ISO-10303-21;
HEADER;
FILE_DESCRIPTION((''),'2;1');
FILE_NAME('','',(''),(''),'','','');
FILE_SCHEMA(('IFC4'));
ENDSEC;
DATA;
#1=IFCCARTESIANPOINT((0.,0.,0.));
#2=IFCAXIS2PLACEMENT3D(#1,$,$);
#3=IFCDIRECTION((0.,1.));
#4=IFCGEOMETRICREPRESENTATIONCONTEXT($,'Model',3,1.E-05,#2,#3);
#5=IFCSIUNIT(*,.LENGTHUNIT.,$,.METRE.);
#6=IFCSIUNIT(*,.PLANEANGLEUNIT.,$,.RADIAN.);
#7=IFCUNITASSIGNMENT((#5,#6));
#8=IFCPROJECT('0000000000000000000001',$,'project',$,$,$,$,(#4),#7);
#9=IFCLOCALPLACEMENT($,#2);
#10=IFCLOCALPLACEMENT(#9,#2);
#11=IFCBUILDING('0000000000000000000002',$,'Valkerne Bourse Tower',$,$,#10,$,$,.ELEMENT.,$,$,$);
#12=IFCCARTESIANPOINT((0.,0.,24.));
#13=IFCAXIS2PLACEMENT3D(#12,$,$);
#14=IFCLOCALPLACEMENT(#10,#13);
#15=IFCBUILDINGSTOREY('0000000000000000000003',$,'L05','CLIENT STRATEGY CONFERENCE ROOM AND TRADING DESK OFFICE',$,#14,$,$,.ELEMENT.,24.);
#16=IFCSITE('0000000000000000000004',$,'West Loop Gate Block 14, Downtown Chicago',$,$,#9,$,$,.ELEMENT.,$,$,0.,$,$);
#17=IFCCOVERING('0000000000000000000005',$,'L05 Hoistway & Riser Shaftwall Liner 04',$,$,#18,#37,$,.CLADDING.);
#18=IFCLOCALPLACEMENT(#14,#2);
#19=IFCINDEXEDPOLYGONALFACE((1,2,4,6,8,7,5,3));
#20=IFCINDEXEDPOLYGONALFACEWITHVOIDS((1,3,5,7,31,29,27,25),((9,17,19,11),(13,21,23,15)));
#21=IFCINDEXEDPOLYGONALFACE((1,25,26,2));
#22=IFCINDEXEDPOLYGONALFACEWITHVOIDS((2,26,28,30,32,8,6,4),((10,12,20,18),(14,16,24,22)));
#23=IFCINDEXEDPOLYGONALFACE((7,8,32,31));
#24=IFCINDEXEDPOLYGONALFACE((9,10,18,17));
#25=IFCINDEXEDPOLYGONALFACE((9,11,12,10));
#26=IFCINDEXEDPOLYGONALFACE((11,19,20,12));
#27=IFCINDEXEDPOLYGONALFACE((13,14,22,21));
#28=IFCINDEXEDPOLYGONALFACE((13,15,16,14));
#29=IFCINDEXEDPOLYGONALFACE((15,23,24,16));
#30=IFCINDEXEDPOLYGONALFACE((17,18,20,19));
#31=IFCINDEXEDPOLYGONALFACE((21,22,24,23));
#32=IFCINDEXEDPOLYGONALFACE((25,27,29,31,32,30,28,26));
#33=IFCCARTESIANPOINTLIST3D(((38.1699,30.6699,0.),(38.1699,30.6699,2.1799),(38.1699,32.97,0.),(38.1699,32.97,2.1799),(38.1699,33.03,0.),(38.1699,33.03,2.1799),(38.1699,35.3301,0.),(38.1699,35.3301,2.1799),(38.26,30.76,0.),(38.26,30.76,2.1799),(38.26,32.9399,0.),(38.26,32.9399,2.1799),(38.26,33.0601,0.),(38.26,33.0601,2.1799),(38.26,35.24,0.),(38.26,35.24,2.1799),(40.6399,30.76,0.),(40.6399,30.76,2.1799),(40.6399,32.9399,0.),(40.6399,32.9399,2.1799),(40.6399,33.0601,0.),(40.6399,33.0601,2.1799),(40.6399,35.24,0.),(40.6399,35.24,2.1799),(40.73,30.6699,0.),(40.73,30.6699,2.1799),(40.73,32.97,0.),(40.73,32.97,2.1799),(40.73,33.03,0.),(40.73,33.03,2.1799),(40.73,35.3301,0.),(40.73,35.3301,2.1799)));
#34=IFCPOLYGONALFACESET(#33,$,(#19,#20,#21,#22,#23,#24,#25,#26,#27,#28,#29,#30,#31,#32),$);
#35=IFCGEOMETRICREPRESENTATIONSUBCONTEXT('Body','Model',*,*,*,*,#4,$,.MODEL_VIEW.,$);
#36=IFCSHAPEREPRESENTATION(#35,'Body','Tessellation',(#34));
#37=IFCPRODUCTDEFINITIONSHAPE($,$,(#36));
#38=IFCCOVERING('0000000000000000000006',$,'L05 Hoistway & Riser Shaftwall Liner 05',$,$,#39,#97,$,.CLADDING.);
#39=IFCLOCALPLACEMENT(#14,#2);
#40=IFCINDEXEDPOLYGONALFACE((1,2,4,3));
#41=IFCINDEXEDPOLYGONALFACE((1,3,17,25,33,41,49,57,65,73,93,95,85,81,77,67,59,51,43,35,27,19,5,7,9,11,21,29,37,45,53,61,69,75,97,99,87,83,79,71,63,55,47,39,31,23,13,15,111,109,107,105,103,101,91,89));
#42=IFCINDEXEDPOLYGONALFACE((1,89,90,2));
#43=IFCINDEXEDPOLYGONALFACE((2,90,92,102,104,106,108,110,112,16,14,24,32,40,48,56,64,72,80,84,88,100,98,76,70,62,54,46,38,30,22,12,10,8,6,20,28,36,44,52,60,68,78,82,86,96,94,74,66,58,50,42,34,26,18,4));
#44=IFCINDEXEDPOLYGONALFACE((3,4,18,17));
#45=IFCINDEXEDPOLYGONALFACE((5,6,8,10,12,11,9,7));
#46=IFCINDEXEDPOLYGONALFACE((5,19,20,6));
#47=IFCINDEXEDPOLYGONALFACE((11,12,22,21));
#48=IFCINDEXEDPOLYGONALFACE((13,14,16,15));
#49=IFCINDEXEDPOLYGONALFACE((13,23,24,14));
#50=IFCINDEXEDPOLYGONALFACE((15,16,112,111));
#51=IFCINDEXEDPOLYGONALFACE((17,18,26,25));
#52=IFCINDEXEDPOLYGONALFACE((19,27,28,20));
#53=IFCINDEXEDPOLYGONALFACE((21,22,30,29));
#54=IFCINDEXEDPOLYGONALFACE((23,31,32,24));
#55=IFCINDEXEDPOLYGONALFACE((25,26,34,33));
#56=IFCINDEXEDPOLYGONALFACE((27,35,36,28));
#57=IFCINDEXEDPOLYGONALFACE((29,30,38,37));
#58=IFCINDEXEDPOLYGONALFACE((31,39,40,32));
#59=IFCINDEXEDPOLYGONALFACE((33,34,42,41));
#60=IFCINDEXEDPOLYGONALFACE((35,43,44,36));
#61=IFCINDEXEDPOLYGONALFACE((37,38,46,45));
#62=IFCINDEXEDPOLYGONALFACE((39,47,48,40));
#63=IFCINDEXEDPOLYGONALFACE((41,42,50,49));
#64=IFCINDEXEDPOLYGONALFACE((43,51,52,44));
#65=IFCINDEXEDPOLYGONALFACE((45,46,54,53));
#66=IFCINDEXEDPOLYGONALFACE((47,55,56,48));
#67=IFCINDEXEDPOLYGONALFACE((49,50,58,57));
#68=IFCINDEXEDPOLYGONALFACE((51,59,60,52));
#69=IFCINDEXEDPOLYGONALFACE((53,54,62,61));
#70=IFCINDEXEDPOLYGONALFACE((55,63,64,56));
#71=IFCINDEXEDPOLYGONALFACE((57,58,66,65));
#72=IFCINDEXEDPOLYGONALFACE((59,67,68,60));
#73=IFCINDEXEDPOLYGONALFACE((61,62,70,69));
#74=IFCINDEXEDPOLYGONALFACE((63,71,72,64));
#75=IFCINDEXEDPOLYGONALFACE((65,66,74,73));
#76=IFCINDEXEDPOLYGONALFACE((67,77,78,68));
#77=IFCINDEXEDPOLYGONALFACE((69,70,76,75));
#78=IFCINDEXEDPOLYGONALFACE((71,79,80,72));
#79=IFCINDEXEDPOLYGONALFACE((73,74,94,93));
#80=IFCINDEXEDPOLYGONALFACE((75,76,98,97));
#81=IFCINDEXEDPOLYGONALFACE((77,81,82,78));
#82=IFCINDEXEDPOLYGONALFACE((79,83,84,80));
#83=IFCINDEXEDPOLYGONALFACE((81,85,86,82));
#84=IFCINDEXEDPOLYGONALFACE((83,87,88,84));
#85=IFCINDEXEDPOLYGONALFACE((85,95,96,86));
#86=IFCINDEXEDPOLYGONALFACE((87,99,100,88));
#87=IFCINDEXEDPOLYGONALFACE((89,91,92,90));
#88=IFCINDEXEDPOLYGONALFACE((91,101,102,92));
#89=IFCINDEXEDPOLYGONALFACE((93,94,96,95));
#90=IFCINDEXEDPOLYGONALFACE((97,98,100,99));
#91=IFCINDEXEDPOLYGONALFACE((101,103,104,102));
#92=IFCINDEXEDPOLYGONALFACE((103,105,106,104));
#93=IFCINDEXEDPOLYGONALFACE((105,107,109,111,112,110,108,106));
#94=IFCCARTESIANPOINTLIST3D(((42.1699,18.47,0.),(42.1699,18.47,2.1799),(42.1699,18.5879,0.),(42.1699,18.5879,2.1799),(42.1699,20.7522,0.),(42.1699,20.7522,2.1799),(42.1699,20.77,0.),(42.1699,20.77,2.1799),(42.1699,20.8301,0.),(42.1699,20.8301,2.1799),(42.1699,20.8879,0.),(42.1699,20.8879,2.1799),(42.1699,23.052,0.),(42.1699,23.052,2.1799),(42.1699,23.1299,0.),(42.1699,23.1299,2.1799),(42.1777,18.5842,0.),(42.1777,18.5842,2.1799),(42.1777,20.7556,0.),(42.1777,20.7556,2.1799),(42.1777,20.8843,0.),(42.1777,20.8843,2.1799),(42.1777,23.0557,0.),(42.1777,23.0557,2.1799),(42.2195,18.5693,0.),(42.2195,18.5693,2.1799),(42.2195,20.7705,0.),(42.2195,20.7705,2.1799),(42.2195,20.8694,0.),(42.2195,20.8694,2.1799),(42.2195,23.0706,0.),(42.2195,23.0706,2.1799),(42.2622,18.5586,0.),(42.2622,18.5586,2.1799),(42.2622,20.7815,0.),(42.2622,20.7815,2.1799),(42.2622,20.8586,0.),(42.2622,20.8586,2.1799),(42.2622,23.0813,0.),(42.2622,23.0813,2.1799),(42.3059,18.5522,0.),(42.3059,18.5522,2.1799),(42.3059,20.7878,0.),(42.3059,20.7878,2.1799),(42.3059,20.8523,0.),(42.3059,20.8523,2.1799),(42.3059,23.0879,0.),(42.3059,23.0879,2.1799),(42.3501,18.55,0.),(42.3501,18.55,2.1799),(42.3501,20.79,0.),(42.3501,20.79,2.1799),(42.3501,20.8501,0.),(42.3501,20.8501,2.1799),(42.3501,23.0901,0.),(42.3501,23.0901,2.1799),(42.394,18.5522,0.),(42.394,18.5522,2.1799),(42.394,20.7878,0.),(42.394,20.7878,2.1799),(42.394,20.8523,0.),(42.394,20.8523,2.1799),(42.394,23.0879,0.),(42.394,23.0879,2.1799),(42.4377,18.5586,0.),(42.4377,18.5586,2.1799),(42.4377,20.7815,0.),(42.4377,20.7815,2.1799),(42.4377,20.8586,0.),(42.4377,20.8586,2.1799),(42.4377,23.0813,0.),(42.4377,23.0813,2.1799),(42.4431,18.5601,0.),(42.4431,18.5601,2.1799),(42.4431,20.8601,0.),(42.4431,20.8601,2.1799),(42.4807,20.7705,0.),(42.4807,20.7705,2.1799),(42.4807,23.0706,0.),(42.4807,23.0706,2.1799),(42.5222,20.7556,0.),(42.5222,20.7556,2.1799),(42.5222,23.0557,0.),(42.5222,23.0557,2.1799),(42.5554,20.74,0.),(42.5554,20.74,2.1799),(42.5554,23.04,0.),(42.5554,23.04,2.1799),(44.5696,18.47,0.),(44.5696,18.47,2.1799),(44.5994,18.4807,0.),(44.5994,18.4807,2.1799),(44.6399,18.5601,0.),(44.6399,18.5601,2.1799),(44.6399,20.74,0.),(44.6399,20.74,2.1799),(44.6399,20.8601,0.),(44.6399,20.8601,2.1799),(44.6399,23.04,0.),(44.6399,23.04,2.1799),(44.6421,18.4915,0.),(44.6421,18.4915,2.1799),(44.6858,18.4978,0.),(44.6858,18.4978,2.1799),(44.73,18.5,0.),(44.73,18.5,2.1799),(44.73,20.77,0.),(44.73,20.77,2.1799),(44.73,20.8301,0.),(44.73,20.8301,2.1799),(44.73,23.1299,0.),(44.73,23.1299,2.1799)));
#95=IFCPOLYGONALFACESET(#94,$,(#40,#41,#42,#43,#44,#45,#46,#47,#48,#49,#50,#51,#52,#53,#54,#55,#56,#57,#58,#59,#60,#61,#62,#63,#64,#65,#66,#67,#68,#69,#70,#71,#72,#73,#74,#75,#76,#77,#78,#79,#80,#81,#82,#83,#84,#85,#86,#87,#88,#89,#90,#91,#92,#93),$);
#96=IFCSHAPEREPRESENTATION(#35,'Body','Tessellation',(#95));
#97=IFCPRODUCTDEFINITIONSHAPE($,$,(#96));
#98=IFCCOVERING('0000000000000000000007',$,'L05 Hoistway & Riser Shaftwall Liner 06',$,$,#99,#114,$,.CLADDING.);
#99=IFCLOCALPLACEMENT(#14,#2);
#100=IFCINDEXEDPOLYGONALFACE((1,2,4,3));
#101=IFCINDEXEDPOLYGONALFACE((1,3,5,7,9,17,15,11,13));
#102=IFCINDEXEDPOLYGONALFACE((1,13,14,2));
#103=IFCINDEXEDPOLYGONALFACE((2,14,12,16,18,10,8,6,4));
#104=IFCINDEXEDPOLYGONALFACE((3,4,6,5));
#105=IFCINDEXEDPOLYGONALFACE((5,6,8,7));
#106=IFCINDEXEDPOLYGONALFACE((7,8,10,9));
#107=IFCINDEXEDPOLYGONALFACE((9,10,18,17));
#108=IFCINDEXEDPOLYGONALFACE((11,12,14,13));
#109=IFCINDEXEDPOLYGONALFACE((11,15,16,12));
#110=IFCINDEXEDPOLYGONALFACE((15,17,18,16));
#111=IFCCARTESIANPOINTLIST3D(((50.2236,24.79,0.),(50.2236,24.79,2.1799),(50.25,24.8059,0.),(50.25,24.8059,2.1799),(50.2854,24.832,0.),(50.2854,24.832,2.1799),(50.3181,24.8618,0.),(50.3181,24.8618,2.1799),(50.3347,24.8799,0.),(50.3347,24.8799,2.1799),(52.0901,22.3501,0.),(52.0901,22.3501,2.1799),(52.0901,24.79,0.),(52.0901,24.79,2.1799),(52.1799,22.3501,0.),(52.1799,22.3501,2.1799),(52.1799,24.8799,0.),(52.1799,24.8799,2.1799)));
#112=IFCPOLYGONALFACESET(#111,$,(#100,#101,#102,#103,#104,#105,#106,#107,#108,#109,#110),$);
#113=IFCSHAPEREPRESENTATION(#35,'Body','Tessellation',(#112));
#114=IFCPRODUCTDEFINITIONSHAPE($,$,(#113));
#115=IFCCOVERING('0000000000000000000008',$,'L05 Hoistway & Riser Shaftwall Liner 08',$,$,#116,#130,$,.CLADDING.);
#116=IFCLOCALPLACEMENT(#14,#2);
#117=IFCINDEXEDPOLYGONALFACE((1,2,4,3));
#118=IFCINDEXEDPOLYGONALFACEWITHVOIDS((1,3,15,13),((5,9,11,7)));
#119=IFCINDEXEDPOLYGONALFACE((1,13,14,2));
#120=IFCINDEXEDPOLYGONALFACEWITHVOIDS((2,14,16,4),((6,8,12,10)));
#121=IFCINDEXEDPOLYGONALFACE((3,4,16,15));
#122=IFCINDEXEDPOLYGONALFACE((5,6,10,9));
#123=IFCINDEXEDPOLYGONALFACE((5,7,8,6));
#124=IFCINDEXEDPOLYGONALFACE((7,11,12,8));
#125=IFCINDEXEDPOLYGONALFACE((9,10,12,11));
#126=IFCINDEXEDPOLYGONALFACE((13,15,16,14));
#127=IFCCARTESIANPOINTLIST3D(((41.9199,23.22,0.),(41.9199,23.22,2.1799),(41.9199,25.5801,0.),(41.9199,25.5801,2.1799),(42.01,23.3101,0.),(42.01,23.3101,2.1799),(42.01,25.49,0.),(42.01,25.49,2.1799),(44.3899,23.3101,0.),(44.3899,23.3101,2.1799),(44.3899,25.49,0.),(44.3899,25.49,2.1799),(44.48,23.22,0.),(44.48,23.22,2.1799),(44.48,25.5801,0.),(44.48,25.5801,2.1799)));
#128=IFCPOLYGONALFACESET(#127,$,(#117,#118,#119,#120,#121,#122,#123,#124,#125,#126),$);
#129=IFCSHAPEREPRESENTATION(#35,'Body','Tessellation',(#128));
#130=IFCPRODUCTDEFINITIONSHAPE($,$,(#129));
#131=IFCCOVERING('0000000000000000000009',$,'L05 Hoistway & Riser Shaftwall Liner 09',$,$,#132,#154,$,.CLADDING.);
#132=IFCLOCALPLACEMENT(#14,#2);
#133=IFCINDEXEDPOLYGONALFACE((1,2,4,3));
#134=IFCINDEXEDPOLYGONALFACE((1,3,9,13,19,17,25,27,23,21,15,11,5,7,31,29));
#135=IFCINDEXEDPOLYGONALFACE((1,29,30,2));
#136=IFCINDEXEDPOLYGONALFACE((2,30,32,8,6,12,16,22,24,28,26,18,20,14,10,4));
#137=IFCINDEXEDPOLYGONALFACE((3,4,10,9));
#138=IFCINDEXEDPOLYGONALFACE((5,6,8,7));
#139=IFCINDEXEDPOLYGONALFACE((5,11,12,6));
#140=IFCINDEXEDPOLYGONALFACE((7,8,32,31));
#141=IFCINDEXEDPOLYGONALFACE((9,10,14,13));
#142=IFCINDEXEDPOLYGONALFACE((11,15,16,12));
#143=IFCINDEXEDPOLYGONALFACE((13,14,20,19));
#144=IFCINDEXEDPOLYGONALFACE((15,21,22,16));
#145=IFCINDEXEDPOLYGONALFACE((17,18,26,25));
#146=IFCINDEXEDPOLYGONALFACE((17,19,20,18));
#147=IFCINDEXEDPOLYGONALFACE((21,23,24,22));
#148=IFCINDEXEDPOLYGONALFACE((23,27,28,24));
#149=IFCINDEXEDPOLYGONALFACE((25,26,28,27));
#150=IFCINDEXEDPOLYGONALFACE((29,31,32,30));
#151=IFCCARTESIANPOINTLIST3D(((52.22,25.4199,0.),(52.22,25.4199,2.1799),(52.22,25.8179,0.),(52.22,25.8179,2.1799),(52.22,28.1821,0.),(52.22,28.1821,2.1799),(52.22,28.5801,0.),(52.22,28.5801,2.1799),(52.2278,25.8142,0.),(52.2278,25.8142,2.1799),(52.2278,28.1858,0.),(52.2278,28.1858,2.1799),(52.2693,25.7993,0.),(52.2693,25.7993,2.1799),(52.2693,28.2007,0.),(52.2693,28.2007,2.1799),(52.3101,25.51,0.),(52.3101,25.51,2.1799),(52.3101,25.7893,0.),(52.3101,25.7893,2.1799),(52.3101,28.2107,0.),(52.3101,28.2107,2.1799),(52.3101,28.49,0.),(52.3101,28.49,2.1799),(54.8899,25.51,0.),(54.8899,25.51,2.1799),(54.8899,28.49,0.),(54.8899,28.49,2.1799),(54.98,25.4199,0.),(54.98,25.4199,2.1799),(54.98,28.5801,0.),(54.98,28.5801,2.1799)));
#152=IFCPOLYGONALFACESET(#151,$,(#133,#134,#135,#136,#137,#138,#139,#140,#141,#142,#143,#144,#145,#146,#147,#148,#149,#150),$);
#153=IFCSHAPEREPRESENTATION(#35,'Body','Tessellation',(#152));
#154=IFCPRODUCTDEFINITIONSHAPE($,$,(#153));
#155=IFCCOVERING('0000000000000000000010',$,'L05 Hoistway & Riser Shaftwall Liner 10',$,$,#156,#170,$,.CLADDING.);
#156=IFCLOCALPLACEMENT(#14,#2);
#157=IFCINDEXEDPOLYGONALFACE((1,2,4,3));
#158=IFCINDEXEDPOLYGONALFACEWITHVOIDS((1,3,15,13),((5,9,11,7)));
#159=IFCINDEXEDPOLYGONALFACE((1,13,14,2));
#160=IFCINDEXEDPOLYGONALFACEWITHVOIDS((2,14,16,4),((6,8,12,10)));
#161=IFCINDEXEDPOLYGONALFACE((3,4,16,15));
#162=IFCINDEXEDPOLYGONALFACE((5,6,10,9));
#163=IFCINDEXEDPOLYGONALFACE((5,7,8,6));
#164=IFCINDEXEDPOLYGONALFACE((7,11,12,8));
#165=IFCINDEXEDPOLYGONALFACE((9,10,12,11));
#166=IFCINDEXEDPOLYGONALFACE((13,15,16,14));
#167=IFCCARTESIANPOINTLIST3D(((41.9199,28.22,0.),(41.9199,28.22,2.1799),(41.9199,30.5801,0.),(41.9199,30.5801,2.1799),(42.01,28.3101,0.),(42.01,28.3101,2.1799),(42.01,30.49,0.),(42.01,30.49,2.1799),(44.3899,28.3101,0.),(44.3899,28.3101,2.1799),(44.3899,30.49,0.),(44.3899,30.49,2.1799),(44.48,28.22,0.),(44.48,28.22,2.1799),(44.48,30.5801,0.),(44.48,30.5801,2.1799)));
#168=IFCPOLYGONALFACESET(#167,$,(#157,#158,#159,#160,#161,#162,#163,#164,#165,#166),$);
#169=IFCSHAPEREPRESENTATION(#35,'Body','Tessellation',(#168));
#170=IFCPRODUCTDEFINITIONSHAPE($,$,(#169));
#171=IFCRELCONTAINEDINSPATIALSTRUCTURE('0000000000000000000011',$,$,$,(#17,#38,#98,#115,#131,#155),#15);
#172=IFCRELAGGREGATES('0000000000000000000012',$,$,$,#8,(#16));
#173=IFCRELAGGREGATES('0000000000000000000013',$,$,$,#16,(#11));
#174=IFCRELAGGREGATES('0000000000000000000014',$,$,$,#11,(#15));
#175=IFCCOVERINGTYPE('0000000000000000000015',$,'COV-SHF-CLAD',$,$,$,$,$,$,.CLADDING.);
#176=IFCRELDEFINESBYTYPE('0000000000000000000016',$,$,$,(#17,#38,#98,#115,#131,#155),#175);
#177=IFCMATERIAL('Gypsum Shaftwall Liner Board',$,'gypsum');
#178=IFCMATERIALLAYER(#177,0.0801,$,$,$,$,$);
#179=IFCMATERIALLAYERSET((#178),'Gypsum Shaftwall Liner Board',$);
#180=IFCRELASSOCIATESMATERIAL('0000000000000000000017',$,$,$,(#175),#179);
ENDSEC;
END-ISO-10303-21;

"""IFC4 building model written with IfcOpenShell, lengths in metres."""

from ifc_helpers import new_model, si_unit, direction, frame, origin, place, context, subcontext, project, spatial, polyline, outline, extrude, material, layer, layer_set, type_object, element, save


model = new_model("IFC4")

# Units and contexts
model_context = context("Model", 3, precision=1e-05, world=origin(), true_north=direction((0.0, 1.0)))
body_context = subcontext(model_context, "Body", "Model", "MODEL_VIEW")
ifc_project = project(units=[si_unit("LENGTHUNIT", "METRE"), si_unit("PLANEANGLEUNIT", "RADIAN")], contexts=[model_context])

# Site, building, storey
site_placement = place(None, origin())
site = spatial("IfcSite", under=ifc_project, at=site_placement, Name="West Loop Gate Block 14, Downtown Chicago", CompositionType="ELEMENT", RefElevation=0.0)
building_placement = place(site_placement, origin())
building = spatial("IfcBuilding", under=site, at=building_placement, Name="Valkerne Bourse Tower", CompositionType="ELEMENT")
storey_placement = place(building_placement, frame((0.0, 0.0, 24.0)))
storey = spatial("IfcBuildingStorey", under=building, at=storey_placement, Name="L05", Description="CLIENT STRATEGY CONFERENCE ROOM AND TRADING DESK OFFICE", CompositionType="ELEMENT", Elevation=24.0)

# Coverings
ifc_material_1 = material(Name="Gypsum Shaftwall Liner Board", Category="gypsum")
ifc_layer_1 = layer(ifc_material_1, 0.0801)
ifc_layer_set_1 = layer_set([ifc_layer_1], Name="Gypsum Shaftwall Liner Board")
covering_type_1 = type_object("IfcCoveringType", Name="COV-SHF-CLAD", PredefinedType="CLADDING", material=ifc_layer_set_1)
covering_1_placement = place(storey_placement, origin())
element("IfcCovering", 1, at=covering_1_placement, inside=storey, type_object=covering_type_1, Name="L05 Hoistway & Riser Shaftwall Liner 04", PredefinedType="CLADDING", context=body_context, shape_type="SweptSolid", body=[
    extrude(outline(polyline([(40.73, 35.3301), (40.73, 33.03), (40.73, 32.97), (40.73, 30.6699), (38.1699, 30.6699), (38.1699, 32.97), (38.1699, 33.03), (38.1699, 35.3301), (40.73, 35.3301)]), holes=[polyline([(38.26, 30.76), (40.6399, 30.76), (40.6399, 32.9399), (38.26, 32.9399), (38.26, 30.76)]), polyline([(38.26, 33.0601), (40.6399, 33.0601), (40.6399, 35.24), (38.26, 35.24), (38.26, 33.0601)])]), origin(), (0.0, 0.0, 1.0), 2.1799),
])
covering_2_placement = place(storey_placement, origin())
element("IfcCovering", 2, at=covering_2_placement, inside=storey, type_object=covering_type_1, Name="L05 Hoistway & Riser Shaftwall Liner 05", PredefinedType="CLADDING", context=body_context, shape_type="SweptSolid", body=[
    extrude(outline(polyline([(42.1699, 20.8879), (42.1777, 20.8843), (42.2195, 20.8694), (42.2622, 20.8586), (42.3059, 20.8523), (42.3501, 20.8501), (42.394, 20.8523), (42.4377, 20.8586), (42.4431, 20.8601), (44.6399, 20.8601), (44.6399, 23.04), (42.5554, 23.04), (42.5222, 23.0557), (42.4807, 23.0706), (42.4377, 23.0813), (42.394, 23.0879), (42.3501, 23.0901), (42.3059, 23.0879), (42.2622, 23.0813), (42.2195, 23.0706), (42.1777, 23.0557), (42.1699, 23.052), (42.1699, 23.1299), (44.73, 23.1299), (44.73, 20.8301), (44.73, 20.77), (44.73, 18.5), (44.6858, 18.4978), (44.6421, 18.4915), (44.5994, 18.4807), (44.5696, 18.47), (42.1699, 18.47), (42.1699, 18.5879), (42.1777, 18.5842), (42.2195, 18.5693), (42.2622, 18.5586), (42.3059, 18.5522), (42.3501, 18.55), (42.394, 18.5522), (42.4377, 18.5586), (42.4431, 18.5601), (44.6399, 18.5601), (44.6399, 20.74), (42.5554, 20.74), (42.5222, 20.7556), (42.4807, 20.7705), (42.4377, 20.7815), (42.394, 20.7878), (42.3501, 20.79), (42.3059, 20.7878), (42.2622, 20.7815), (42.2195, 20.7705), (42.1777, 20.7556), (42.1699, 20.7522), (42.1699, 20.77), (42.1699, 20.8301), (42.1699, 20.8879)])), origin(), (0.0, 0.0, 1.0), 2.1799),
])
covering_3_placement = place(storey_placement, origin())
element("IfcCovering", 3, at=covering_3_placement, inside=storey, type_object=covering_type_1, Name="L05 Hoistway & Riser Shaftwall Liner 06", PredefinedType="CLADDING", context=body_context, shape_type="SweptSolid", body=[
    extrude(outline(polyline([(52.1799, 22.3501), (52.0901, 22.3501), (52.0901, 24.79), (50.2236, 24.79), (50.25, 24.8059), (50.2854, 24.832), (50.3181, 24.8618), (50.3347, 24.8799), (52.1799, 24.8799), (52.1799, 22.3501)])), origin(), (0.0, 0.0, 1.0), 2.1799),
])
covering_4_placement = place(storey_placement, origin())
element("IfcCovering", 4, at=covering_4_placement, inside=storey, type_object=covering_type_1, Name="L05 Hoistway & Riser Shaftwall Liner 08", PredefinedType="CLADDING", context=body_context, shape_type="SweptSolid", body=[
    extrude(outline(polyline([(41.9199, 23.22), (41.9199, 25.5801), (44.48, 25.5801), (44.48, 23.22), (41.9199, 23.22)]), holes=[polyline([(42.01, 23.3101), (44.3899, 23.3101), (44.3899, 25.49), (42.01, 25.49), (42.01, 23.3101)])]), origin(), (0.0, 0.0, 1.0), 2.1799),
])
covering_5_placement = place(storey_placement, origin())
element("IfcCovering", 5, at=covering_5_placement, inside=storey, type_object=covering_type_1, Name="L05 Hoistway & Riser Shaftwall Liner 09", PredefinedType="CLADDING", context=body_context, shape_type="SweptSolid", body=[
    extrude(outline(polyline([(52.22, 25.4199), (52.22, 25.8179), (52.2278, 25.8142), (52.2693, 25.7993), (52.3101, 25.7893), (52.3101, 25.51), (54.8899, 25.51), (54.8899, 28.49), (52.3101, 28.49), (52.3101, 28.2107), (52.2693, 28.2007), (52.2278, 28.1858), (52.22, 28.1821), (52.22, 28.5801), (54.98, 28.5801), (54.98, 25.4199), (52.22, 25.4199)])), origin(), (0.0, 0.0, 1.0), 2.1799),
])
covering_6_placement = place(storey_placement, origin())
element("IfcCovering", 6, at=covering_6_placement, inside=storey, type_object=covering_type_1, Name="L05 Hoistway & Riser Shaftwall Liner 10", PredefinedType="CLADDING", context=body_context, shape_type="SweptSolid", body=[
    extrude(outline(polyline([(44.48, 28.22), (41.9199, 28.22), (41.9199, 30.5801), (44.48, 30.5801), (44.48, 28.22)]), holes=[polyline([(42.01, 30.49), (42.01, 28.3101), (44.3899, 28.3101), (44.3899, 30.49), (42.01, 30.49)])]), origin(), (0.0, 0.0, 1.0), 2.1799),
])

save(model, "model.ifc")
